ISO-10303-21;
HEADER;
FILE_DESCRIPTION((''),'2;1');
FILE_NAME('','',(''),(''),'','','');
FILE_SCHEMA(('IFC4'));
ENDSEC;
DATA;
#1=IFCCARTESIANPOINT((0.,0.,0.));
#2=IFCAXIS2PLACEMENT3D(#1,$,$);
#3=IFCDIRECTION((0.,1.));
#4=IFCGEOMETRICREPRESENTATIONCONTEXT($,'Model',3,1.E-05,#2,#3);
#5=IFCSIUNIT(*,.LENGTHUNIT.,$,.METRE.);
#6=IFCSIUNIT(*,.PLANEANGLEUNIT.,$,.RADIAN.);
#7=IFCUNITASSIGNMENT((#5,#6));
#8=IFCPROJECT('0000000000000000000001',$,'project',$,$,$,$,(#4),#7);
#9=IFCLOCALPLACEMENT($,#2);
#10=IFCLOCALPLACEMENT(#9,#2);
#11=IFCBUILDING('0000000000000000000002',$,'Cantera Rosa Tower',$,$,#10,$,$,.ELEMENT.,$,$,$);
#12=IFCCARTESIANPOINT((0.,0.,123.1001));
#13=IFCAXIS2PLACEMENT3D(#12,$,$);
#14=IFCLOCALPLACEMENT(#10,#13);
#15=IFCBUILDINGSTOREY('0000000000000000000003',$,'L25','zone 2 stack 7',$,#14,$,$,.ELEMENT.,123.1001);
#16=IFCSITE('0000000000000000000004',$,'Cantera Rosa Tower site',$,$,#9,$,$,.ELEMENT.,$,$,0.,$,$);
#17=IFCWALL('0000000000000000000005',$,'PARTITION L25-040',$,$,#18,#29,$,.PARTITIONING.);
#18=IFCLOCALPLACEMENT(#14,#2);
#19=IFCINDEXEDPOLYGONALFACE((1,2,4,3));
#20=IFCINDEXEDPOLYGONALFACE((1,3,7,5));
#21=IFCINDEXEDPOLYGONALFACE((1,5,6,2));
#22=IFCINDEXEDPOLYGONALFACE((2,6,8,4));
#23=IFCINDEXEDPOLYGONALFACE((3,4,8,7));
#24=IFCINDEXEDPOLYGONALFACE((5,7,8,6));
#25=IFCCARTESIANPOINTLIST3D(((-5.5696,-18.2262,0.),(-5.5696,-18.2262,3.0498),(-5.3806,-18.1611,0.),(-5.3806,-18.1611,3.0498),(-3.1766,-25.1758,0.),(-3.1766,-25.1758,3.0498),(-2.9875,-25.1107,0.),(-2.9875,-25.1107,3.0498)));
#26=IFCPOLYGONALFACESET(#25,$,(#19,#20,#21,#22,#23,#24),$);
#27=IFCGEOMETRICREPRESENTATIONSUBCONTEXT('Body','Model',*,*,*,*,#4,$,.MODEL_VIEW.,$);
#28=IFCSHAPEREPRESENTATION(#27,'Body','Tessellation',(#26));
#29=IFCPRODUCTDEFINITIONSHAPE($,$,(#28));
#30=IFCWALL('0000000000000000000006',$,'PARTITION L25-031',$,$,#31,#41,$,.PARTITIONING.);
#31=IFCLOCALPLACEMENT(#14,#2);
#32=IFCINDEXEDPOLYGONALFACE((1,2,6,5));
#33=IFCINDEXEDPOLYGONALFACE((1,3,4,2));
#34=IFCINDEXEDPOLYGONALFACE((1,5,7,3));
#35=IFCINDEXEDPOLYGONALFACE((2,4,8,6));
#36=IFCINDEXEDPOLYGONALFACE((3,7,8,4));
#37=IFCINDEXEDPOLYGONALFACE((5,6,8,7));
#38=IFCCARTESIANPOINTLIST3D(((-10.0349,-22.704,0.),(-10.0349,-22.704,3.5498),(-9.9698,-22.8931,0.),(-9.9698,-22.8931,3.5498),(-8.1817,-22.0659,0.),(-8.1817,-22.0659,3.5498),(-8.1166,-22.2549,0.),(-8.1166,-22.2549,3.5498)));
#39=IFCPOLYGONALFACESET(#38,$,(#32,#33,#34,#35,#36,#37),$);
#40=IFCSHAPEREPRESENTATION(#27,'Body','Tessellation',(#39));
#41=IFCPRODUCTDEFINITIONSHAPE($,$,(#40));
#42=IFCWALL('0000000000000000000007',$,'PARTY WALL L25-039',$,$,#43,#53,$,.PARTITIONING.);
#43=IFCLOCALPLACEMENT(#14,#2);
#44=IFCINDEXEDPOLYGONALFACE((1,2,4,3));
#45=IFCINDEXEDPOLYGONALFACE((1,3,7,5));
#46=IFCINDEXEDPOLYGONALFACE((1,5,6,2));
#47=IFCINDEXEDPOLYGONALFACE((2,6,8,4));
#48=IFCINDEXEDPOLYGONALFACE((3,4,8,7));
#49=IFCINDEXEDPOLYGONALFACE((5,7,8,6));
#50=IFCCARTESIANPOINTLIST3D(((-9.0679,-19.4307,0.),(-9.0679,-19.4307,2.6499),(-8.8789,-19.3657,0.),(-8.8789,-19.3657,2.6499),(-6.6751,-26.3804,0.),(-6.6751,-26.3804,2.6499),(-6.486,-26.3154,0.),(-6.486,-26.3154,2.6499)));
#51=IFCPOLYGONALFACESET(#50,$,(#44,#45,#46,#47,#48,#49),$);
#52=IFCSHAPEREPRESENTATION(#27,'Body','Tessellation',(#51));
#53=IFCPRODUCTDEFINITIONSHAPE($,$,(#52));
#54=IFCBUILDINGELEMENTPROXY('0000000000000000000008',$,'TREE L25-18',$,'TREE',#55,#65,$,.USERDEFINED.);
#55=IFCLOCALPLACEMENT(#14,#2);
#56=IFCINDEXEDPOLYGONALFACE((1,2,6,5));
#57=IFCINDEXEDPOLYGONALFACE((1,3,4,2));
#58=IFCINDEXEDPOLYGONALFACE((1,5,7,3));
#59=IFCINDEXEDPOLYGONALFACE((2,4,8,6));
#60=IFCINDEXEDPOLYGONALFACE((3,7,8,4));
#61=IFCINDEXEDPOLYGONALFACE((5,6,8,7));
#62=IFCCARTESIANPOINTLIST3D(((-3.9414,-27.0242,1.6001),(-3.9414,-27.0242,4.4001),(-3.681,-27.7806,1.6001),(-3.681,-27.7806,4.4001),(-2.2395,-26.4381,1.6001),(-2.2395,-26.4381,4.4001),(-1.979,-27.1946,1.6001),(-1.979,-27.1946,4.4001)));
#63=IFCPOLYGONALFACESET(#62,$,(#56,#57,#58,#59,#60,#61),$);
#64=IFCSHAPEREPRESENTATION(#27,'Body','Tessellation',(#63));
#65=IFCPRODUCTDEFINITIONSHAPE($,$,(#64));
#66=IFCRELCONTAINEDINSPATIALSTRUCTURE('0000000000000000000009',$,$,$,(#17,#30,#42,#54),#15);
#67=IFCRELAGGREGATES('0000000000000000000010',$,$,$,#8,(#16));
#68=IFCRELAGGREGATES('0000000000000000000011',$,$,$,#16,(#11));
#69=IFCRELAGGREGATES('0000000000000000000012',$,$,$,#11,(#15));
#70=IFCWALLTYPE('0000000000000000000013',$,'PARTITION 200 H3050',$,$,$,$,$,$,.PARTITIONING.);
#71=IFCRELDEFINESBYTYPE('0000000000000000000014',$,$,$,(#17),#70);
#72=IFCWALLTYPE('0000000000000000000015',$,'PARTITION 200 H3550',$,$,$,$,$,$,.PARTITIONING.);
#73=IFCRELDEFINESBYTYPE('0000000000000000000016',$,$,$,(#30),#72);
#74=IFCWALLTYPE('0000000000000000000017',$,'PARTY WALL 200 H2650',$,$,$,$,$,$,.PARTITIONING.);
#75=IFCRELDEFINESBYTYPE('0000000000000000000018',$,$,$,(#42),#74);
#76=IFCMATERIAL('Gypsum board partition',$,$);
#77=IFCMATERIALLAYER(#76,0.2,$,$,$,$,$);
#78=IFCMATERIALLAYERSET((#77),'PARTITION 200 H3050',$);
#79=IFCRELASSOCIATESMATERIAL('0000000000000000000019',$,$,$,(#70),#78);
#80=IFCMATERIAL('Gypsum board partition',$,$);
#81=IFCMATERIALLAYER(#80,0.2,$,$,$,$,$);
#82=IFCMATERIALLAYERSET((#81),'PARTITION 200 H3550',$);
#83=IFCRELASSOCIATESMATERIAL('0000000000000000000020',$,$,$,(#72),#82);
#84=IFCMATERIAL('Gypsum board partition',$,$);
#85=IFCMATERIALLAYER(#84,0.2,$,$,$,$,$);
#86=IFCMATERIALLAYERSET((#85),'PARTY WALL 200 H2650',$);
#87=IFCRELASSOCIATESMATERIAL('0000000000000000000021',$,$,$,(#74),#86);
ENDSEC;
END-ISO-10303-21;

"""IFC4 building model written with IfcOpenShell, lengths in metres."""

from ifc_helpers import new_model, si_unit, direction, frame, frame_2d, origin, origin_2d, place, context, subcontext, project, spatial, rectangle, extrude, material, layer, layer_set, type_object, element, save


model = new_model("IFC4")

# Units and contexts
model_context = context("Model", 3, precision=1e-05, world=origin(), true_north=direction((0.0, 1.0)))
body_context = subcontext(model_context, "Body", "Model", "MODEL_VIEW")
ifc_project = project(units=[si_unit("LENGTHUNIT", "METRE"), si_unit("PLANEANGLEUNIT", "RADIAN")], contexts=[model_context])

# Site, building, storey
site_placement = place(None, origin())
site = spatial("IfcSite", under=ifc_project, at=site_placement, Name="Cantera Rosa Tower site", CompositionType="ELEMENT", RefElevation=0.0)
building_placement = place(site_placement, origin())
building = spatial("IfcBuilding", under=site, at=building_placement, Name="Cantera Rosa Tower", CompositionType="ELEMENT")
storey_placement = place(building_placement, frame((0.0, 0.0, 123.1001)))
storey = spatial("IfcBuildingStorey", under=building, at=storey_placement, Name="L25", Description="zone 2 stack 7", CompositionType="ELEMENT", Elevation=123.1001)

# Walls
ifc_material_1 = material(Name="Gypsum board partition")
ifc_layer_1 = layer(ifc_material_1, 0.2)
ifc_layer_set_1 = layer_set([ifc_layer_1], Name="PARTITION 200 H3050")
wall_type_1 = type_object("IfcWallType", Name="PARTITION 200 H3050", PredefinedType="PARTITIONING", material=ifc_layer_set_1)
wall_1_placement = place(storey_placement, frame((-5.4751, -18.1936, 0.0), z_axis=(0.0, 0.0, 1.0), x_axis=(0.325579, -0.945515, 0.0)))
element("IfcWall", 1, at=wall_1_placement, inside=storey, type_object=wall_type_1, Name="PARTITION L25-040", PredefinedType="PARTITIONING", context=body_context, shape_type="SweptSolid", body=[
    extrude(rectangle(XDim=7.3501, YDim=0.2, at=frame_2d((3.675, 0.0))), origin(), (0.0, 0.0, 1.0), 3.0498),
])
ifc_material_2 = material(Name="Gypsum board partition")
ifc_layer_2 = layer(ifc_material_2, 0.2)
ifc_layer_set_2 = layer_set([ifc_layer_2], Name="PARTITION 200 H3550")
wall_type_2 = type_object("IfcWallType", Name="PARTITION 200 H3550", PredefinedType="PARTITIONING", material=ifc_layer_set_2)
wall_2_placement = place(storey_placement, frame((-8.1492, -22.1604, 0.0), z_axis=(0.0, 0.0, 1.0), x_axis=(-0.945511, -0.325591, 0.0)))
element("IfcWall", 2, at=wall_2_placement, inside=storey, type_object=wall_type_2, Name="PARTITION L25-031", PredefinedType="PARTITIONING", context=body_context, shape_type="SweptSolid", body=[
    extrude(rectangle(XDim=1.96, YDim=0.2, at=frame_2d((0.98, 0.0))), origin(), (0.0, 0.0, 1.0), 3.5498),
])
ifc_material_3 = material(Name="Gypsum board partition")
ifc_layer_3 = layer(ifc_material_3, 0.2)
ifc_layer_set_3 = layer_set([ifc_layer_3], Name="PARTY WALL 200 H2650")
wall_type_3 = type_object("IfcWallType", Name="PARTY WALL 200 H2650", PredefinedType="PARTITIONING", material=ifc_layer_set_3)
wall_3_placement = place(storey_placement, frame((-6.5806, -26.3479, 0.0), z_axis=(0.0, 0.0, 1.0), x_axis=(-0.325549, 0.945525, 0.0)))
element("IfcWall", 3, at=wall_3_placement, inside=storey, type_object=wall_type_3, Name="PARTY WALL L25-039", PredefinedType="PARTITIONING", context=body_context, shape_type="SweptSolid", body=[
    extrude(rectangle(XDim=7.3501, YDim=0.2, at=frame_2d((3.675, 0.0))), origin(), (0.0, 0.0, 1.0), 2.6499),
])

# Building element proxy
proxy_placement = place(storey_placement, frame((-2.9602, -27.1094, 1.6001), z_axis=(0.0, 0.0, 1.0), x_axis=(0.945519, 0.325568, 0.0)))
element("IfcBuildingElementProxy", 4, at=proxy_placement, inside=storey, Name="TREE L25-18", ObjectType="TREE", PredefinedType="USERDEFINED", context=body_context, shape_type="SweptSolid", body=[
    extrude(rectangle(XDim=1.8, YDim=0.8, at=origin_2d()), origin(), (0.0, 0.0, 1.0), 2.8),
])

save(model, "model.ifc")
